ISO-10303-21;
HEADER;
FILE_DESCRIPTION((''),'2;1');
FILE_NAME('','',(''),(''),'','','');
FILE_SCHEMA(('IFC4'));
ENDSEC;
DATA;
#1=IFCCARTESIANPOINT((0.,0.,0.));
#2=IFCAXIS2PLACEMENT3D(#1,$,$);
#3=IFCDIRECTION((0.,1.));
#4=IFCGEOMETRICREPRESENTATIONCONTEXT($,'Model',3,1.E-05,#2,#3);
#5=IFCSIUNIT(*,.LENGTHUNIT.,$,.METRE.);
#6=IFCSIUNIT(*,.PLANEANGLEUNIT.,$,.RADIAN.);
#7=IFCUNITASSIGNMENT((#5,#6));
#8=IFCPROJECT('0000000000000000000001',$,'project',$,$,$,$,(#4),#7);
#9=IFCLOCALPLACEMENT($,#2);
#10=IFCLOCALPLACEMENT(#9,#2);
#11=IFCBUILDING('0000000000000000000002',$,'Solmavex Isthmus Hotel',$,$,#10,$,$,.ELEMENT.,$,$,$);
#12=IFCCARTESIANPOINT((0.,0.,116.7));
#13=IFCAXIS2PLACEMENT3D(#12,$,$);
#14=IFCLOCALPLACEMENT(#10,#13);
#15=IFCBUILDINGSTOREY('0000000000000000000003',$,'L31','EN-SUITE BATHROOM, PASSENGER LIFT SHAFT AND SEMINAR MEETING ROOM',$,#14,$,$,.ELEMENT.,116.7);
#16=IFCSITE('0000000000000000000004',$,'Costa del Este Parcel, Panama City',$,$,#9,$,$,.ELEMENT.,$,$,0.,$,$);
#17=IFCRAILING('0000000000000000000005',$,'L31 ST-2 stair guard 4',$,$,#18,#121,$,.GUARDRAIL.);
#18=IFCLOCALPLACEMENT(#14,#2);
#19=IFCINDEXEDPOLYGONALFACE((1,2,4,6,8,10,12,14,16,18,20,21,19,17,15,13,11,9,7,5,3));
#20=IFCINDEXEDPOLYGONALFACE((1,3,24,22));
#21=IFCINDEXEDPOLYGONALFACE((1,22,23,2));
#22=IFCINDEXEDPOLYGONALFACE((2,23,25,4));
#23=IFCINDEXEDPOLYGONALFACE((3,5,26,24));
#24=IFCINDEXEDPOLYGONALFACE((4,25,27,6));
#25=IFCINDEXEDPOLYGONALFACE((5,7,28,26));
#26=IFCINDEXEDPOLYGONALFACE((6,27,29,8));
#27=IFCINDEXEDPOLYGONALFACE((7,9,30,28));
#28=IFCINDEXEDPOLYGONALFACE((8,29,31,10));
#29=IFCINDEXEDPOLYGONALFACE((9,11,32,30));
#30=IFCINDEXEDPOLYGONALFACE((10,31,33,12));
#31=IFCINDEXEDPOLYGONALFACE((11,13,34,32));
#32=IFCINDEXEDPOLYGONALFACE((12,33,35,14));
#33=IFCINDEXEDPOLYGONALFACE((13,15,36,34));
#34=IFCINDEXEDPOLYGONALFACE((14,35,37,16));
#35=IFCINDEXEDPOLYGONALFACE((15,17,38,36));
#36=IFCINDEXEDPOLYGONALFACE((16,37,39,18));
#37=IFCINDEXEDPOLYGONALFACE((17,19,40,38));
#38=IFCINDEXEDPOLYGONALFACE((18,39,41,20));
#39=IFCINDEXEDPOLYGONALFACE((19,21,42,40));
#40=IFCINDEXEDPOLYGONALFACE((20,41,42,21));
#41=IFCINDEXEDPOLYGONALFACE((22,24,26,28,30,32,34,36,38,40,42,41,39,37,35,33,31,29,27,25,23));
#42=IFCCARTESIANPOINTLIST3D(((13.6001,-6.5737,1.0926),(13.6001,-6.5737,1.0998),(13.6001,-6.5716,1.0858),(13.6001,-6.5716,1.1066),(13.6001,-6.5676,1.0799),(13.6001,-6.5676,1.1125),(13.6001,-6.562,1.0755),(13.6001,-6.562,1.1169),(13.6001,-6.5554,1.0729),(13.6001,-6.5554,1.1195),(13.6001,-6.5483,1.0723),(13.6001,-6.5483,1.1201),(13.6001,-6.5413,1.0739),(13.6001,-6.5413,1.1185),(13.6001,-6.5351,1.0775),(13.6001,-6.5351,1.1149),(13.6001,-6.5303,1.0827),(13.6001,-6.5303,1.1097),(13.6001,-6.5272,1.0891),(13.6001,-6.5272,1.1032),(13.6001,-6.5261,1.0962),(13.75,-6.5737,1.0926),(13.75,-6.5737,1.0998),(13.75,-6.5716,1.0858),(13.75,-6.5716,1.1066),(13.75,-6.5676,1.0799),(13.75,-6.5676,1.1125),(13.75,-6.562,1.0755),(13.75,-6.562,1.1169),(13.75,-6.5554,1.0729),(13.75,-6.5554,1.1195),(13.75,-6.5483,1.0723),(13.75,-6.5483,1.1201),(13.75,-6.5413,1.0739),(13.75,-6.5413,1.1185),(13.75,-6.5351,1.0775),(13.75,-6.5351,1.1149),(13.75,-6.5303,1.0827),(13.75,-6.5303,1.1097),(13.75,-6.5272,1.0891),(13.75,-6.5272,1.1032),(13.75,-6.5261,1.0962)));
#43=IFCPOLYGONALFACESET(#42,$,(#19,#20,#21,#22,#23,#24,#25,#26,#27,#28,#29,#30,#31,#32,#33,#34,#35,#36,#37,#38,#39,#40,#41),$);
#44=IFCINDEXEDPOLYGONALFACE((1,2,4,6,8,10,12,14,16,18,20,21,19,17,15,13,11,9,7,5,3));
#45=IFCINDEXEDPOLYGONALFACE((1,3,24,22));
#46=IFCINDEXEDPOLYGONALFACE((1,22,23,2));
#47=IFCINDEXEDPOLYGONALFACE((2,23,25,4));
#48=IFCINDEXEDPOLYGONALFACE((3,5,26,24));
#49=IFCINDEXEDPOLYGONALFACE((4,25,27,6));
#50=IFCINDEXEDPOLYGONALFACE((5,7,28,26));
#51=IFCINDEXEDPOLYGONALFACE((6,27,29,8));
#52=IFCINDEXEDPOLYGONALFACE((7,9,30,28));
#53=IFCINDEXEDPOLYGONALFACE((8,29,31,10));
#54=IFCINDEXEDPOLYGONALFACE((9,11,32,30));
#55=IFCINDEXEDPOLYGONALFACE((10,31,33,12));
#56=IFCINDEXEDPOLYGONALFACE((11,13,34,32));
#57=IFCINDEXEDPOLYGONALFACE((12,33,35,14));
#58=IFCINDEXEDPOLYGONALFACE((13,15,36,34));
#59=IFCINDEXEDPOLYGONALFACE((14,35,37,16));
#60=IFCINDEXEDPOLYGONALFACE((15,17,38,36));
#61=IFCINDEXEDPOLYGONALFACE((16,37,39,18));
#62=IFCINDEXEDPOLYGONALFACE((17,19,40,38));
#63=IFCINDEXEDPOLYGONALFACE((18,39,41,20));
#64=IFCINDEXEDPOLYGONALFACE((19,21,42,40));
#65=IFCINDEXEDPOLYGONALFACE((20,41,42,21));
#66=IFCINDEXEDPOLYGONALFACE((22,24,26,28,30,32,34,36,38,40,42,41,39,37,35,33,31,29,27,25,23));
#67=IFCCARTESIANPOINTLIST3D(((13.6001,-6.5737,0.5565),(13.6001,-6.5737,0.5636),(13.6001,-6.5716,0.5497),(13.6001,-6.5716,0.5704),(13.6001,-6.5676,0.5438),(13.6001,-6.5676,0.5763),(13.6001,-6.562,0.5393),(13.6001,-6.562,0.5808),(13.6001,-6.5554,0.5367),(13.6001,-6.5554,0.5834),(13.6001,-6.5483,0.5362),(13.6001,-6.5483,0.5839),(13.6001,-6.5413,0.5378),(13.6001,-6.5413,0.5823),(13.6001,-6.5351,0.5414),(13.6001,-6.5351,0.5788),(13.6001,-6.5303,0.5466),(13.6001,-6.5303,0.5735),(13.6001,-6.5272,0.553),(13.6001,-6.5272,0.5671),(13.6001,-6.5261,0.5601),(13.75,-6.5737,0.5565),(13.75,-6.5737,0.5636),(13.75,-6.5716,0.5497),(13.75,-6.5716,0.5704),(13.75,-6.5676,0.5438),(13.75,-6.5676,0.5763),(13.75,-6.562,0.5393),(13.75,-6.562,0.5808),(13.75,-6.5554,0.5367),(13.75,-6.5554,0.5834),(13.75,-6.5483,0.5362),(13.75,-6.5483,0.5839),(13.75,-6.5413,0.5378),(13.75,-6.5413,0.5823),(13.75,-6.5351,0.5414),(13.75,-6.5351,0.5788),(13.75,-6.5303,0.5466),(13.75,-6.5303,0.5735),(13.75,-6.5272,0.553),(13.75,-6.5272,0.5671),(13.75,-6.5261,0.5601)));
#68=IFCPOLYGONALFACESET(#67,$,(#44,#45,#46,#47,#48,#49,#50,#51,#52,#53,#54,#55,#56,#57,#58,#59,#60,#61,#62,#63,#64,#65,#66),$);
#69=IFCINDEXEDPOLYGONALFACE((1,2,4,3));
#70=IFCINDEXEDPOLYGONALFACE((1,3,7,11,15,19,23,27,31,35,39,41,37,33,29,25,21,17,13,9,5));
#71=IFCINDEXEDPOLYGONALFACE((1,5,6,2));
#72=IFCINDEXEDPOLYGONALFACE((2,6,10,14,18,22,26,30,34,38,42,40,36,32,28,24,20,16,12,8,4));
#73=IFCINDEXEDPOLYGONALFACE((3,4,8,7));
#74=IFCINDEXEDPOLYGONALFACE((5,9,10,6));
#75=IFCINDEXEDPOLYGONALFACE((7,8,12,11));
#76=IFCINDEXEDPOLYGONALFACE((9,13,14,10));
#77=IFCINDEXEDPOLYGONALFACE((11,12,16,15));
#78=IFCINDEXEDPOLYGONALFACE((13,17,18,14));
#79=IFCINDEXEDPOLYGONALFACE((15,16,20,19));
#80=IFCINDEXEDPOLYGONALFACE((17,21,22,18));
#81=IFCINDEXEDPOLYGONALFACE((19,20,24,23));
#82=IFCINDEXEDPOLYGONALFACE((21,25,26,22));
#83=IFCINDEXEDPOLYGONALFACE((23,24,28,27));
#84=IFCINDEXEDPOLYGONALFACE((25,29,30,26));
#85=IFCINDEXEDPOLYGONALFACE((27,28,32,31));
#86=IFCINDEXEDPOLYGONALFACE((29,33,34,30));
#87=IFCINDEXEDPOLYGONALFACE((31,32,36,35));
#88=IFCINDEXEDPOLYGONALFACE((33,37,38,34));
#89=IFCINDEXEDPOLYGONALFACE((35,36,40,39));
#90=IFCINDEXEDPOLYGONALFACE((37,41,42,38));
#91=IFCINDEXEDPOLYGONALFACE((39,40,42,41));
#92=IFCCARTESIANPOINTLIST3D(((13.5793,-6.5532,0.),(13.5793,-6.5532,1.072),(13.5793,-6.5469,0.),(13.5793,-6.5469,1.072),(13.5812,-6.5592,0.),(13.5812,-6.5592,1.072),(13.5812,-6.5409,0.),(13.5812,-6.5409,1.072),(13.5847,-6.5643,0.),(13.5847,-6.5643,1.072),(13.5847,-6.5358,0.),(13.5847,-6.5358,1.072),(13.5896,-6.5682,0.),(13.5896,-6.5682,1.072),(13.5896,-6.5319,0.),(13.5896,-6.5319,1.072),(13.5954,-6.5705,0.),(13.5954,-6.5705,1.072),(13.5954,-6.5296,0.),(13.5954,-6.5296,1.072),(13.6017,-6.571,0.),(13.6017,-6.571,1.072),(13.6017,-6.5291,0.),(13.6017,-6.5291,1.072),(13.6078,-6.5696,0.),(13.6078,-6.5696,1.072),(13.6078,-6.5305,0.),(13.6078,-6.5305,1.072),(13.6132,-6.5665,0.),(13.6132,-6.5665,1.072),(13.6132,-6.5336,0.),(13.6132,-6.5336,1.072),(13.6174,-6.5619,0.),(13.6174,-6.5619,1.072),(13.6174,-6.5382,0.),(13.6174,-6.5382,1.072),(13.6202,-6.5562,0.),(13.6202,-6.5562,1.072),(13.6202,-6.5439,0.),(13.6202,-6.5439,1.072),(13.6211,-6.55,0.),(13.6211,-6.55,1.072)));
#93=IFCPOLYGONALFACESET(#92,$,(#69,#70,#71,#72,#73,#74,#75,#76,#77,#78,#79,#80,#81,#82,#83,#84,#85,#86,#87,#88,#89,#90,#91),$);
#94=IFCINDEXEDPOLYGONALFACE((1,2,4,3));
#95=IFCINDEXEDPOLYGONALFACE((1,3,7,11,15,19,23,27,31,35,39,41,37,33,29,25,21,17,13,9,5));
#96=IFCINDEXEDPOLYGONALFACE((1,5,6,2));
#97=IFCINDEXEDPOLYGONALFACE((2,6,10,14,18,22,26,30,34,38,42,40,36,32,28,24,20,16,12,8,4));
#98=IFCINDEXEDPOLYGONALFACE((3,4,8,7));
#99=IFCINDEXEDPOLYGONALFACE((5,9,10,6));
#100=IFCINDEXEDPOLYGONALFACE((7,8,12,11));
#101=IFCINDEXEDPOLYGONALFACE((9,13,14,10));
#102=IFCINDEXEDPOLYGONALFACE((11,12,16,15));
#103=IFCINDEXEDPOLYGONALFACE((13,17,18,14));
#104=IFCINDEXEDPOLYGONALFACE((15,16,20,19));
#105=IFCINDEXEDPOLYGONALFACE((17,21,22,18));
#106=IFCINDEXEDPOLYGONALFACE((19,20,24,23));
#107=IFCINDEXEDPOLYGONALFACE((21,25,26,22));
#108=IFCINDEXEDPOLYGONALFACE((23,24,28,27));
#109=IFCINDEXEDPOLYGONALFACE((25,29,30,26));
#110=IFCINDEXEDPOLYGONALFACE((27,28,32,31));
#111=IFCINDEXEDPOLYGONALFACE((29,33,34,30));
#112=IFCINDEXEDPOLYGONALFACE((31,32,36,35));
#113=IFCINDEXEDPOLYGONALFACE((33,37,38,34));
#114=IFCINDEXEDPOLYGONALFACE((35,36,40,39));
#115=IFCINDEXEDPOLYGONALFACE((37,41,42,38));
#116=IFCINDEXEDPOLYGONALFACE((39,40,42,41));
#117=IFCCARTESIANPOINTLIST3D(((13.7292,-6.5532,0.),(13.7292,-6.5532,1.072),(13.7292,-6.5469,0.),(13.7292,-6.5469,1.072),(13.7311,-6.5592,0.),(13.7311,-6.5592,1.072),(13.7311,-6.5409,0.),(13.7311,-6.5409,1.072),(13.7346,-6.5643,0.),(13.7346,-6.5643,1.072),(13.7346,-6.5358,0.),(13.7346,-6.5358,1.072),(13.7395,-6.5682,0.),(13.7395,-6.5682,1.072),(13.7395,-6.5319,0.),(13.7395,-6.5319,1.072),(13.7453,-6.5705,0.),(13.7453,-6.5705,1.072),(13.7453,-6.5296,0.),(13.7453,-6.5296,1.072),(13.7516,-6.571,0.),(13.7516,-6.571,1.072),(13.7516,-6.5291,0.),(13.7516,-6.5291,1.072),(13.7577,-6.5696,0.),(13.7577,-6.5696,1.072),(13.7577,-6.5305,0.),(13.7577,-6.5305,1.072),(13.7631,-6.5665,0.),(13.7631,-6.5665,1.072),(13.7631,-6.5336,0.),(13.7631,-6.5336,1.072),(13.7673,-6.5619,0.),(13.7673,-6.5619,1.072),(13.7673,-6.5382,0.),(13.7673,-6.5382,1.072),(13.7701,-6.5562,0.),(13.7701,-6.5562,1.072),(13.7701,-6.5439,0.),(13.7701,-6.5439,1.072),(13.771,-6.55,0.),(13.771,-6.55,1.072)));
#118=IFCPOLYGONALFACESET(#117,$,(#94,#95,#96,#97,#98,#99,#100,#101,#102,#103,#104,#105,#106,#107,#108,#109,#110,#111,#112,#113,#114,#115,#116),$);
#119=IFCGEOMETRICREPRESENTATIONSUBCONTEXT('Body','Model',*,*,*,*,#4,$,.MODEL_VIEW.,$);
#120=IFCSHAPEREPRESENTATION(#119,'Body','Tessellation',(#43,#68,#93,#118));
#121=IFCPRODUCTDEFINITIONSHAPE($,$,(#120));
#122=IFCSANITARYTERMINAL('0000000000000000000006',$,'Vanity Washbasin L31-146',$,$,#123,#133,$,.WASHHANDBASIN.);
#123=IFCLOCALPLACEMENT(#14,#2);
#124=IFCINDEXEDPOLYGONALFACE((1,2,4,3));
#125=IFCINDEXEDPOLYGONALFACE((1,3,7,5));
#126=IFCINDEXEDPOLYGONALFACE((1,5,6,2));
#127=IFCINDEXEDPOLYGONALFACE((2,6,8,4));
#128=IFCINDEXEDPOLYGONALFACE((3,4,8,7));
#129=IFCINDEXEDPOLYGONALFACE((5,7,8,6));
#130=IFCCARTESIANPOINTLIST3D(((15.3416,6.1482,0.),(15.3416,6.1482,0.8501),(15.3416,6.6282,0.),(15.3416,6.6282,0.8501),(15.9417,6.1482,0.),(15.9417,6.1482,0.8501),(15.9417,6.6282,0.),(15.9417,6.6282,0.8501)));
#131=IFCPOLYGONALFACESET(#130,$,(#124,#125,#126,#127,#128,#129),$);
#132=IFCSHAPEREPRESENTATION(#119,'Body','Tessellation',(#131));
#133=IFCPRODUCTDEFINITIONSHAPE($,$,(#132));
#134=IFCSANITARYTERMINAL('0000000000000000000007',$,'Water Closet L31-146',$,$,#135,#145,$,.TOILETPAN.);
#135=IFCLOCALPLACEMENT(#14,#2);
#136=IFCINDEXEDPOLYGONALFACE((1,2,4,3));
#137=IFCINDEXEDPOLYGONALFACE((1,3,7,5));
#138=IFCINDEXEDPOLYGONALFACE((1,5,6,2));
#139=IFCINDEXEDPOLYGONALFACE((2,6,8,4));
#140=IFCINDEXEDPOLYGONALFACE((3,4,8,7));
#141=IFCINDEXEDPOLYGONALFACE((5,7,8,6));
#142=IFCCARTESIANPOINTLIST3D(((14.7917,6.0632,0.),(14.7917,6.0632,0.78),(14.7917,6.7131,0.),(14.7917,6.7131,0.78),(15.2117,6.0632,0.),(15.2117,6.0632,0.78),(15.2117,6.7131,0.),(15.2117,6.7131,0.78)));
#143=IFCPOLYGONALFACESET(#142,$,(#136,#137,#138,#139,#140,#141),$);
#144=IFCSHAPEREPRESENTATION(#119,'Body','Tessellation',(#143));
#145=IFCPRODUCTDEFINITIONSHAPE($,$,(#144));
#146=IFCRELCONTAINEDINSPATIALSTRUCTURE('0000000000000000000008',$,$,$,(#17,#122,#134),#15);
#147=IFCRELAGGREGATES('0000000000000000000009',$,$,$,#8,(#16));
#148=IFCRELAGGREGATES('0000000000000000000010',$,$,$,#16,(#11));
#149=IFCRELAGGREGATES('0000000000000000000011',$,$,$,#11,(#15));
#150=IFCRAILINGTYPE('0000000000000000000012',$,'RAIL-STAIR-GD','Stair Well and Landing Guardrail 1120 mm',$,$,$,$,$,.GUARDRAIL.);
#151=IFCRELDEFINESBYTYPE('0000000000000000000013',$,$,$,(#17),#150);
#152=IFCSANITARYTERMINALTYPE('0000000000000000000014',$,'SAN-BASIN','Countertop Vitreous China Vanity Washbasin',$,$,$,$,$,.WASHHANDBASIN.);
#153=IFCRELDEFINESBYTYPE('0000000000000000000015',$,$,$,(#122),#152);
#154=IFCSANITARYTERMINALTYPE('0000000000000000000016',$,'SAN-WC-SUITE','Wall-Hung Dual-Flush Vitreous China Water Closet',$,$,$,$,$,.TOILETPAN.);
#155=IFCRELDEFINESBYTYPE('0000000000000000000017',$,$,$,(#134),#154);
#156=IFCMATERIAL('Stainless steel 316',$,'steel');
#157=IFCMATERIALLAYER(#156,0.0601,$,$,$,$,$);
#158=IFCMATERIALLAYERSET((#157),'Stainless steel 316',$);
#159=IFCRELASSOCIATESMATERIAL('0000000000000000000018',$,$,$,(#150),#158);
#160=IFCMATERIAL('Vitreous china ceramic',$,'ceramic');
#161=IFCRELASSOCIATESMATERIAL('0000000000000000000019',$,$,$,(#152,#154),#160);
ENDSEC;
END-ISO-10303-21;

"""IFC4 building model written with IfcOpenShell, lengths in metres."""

from ifc_helpers import new_model, si_unit, direction, frame, origin, origin_2d, place, context, subcontext, project, spatial, rectangle, circle, extrude, material, layer, layer_set, type_object, element, save


model = new_model("IFC4")

# Units and contexts
model_context = context("Model", 3, precision=1e-05, world=origin(), true_north=direction((0.0, 1.0)))
body_context = subcontext(model_context, "Body", "Model", "MODEL_VIEW")
ifc_project = project(units=[si_unit("LENGTHUNIT", "METRE"), si_unit("PLANEANGLEUNIT", "RADIAN")], contexts=[model_context])

# Site, building, storey
site_placement = place(None, origin())
site = spatial("IfcSite", under=ifc_project, at=site_placement, Name="Costa del Este Parcel, Panama City", CompositionType="ELEMENT", RefElevation=0.0)
building_placement = place(site_placement, origin())
building = spatial("IfcBuilding", under=site, at=building_placement, Name="Solmavex Isthmus Hotel", CompositionType="ELEMENT")
storey_placement = place(building_placement, frame((0.0, 0.0, 116.7)))
storey = spatial("IfcBuildingStorey", under=building, at=storey_placement, Name="L31", Description="EN-SUITE BATHROOM, PASSENGER LIFT SHAFT AND SEMINAR MEETING ROOM", CompositionType="ELEMENT", Elevation=116.7)

# Railing
ifc_material_1 = material(Name="Stainless steel 316", Category="steel")
ifc_layer_1 = layer(ifc_material_1, 0.0601)
ifc_layer_set_1 = layer_set([ifc_layer_1], Name="Stainless steel 316")
railing_type_1 = type_object("IfcRailingType", Name="RAIL-STAIR-GD", Description="Stair Well and Landing Guardrail 1120 mm", PredefinedType="GUARDRAIL", material=ifc_layer_set_1)
railing_1_placement = place(storey_placement, frame((13.6001, -6.55, 0.0)))
element("IfcRailing", 1, at=railing_1_placement, inside=storey, type_object=railing_type_1, Name="L31 ST-2 stair guard 4", PredefinedType="GUARDRAIL", context=body_context, shape_type="SweptSolid", body=[
    extrude(circle(Radius=0.0239, at=origin_2d()), frame((0.0, 0.0, 1.0962), z_axis=(1.0, 0.0, 0.0), x_axis=(0.0, 1.0, 0.0)), (0.0, 0.0, 1.0), 0.1499),
    extrude(circle(Radius=0.0239, at=origin_2d()), frame((0.0, 0.0, 0.5601), z_axis=(1.0, 0.0, 0.0), x_axis=(0.0, 1.0, 0.0)), (0.0, 0.0, 1.0), 0.1499),
    extrude(circle(Radius=0.021, at=origin_2d()), origin(), (0.0, 0.0, 1.0), 1.072),
    extrude(circle(Radius=0.021, at=origin_2d()), frame((0.1499, 0.0, 0.0)), (0.0, 0.0, 1.0), 1.072),
])

# Sanitary terminals
ifc_material_2 = material(Name="Vitreous china ceramic", Category="ceramic")
sanitary_terminal_type_1 = type_object("IfcSanitaryTerminalType", Name="SAN-BASIN", Description="Countertop Vitreous China Vanity Washbasin", PredefinedType="WASHHANDBASIN", material=ifc_material_2)
sanitary_terminal_1_placement = place(storey_placement, frame((15.6416, 6.3882, 0.0), z_axis=(0.0, 0.0, 1.0), x_axis=(1.0, 0.0, 0.0)))
element("IfcSanitaryTerminal", 2, at=sanitary_terminal_1_placement, inside=storey, type_object=sanitary_terminal_type_1, Name="Vanity Washbasin L31-146", PredefinedType="WASHHANDBASIN", context=body_context, shape_type="SweptSolid", body=[
    extrude(rectangle(XDim=0.6001, YDim=0.48, at=origin_2d()), origin(), (0.0, 0.0, 1.0), 0.8501),
])
sanitary_terminal_type_2 = type_object("IfcSanitaryTerminalType", Name="SAN-WC-SUITE", Description="Wall-Hung Dual-Flush Vitreous China Water Closet", PredefinedType="TOILETPAN", material=ifc_material_2)
sanitary_terminal_2_placement = place(storey_placement, frame((15.0017, 6.3882, 0.0), z_axis=(0.0, 0.0, 1.0), x_axis=(1.0, 0.0, 0.0)))
element("IfcSanitaryTerminal", 3, at=sanitary_terminal_2_placement, inside=storey, type_object=sanitary_terminal_type_2, Name="Water Closet L31-146", PredefinedType="TOILETPAN", context=body_context, shape_type="SweptSolid", body=[
    extrude(rectangle(XDim=0.4199, YDim=0.6499, at=origin_2d()), origin(), (0.0, 0.0, 1.0), 0.78),
])

save(model, "model.ifc")
